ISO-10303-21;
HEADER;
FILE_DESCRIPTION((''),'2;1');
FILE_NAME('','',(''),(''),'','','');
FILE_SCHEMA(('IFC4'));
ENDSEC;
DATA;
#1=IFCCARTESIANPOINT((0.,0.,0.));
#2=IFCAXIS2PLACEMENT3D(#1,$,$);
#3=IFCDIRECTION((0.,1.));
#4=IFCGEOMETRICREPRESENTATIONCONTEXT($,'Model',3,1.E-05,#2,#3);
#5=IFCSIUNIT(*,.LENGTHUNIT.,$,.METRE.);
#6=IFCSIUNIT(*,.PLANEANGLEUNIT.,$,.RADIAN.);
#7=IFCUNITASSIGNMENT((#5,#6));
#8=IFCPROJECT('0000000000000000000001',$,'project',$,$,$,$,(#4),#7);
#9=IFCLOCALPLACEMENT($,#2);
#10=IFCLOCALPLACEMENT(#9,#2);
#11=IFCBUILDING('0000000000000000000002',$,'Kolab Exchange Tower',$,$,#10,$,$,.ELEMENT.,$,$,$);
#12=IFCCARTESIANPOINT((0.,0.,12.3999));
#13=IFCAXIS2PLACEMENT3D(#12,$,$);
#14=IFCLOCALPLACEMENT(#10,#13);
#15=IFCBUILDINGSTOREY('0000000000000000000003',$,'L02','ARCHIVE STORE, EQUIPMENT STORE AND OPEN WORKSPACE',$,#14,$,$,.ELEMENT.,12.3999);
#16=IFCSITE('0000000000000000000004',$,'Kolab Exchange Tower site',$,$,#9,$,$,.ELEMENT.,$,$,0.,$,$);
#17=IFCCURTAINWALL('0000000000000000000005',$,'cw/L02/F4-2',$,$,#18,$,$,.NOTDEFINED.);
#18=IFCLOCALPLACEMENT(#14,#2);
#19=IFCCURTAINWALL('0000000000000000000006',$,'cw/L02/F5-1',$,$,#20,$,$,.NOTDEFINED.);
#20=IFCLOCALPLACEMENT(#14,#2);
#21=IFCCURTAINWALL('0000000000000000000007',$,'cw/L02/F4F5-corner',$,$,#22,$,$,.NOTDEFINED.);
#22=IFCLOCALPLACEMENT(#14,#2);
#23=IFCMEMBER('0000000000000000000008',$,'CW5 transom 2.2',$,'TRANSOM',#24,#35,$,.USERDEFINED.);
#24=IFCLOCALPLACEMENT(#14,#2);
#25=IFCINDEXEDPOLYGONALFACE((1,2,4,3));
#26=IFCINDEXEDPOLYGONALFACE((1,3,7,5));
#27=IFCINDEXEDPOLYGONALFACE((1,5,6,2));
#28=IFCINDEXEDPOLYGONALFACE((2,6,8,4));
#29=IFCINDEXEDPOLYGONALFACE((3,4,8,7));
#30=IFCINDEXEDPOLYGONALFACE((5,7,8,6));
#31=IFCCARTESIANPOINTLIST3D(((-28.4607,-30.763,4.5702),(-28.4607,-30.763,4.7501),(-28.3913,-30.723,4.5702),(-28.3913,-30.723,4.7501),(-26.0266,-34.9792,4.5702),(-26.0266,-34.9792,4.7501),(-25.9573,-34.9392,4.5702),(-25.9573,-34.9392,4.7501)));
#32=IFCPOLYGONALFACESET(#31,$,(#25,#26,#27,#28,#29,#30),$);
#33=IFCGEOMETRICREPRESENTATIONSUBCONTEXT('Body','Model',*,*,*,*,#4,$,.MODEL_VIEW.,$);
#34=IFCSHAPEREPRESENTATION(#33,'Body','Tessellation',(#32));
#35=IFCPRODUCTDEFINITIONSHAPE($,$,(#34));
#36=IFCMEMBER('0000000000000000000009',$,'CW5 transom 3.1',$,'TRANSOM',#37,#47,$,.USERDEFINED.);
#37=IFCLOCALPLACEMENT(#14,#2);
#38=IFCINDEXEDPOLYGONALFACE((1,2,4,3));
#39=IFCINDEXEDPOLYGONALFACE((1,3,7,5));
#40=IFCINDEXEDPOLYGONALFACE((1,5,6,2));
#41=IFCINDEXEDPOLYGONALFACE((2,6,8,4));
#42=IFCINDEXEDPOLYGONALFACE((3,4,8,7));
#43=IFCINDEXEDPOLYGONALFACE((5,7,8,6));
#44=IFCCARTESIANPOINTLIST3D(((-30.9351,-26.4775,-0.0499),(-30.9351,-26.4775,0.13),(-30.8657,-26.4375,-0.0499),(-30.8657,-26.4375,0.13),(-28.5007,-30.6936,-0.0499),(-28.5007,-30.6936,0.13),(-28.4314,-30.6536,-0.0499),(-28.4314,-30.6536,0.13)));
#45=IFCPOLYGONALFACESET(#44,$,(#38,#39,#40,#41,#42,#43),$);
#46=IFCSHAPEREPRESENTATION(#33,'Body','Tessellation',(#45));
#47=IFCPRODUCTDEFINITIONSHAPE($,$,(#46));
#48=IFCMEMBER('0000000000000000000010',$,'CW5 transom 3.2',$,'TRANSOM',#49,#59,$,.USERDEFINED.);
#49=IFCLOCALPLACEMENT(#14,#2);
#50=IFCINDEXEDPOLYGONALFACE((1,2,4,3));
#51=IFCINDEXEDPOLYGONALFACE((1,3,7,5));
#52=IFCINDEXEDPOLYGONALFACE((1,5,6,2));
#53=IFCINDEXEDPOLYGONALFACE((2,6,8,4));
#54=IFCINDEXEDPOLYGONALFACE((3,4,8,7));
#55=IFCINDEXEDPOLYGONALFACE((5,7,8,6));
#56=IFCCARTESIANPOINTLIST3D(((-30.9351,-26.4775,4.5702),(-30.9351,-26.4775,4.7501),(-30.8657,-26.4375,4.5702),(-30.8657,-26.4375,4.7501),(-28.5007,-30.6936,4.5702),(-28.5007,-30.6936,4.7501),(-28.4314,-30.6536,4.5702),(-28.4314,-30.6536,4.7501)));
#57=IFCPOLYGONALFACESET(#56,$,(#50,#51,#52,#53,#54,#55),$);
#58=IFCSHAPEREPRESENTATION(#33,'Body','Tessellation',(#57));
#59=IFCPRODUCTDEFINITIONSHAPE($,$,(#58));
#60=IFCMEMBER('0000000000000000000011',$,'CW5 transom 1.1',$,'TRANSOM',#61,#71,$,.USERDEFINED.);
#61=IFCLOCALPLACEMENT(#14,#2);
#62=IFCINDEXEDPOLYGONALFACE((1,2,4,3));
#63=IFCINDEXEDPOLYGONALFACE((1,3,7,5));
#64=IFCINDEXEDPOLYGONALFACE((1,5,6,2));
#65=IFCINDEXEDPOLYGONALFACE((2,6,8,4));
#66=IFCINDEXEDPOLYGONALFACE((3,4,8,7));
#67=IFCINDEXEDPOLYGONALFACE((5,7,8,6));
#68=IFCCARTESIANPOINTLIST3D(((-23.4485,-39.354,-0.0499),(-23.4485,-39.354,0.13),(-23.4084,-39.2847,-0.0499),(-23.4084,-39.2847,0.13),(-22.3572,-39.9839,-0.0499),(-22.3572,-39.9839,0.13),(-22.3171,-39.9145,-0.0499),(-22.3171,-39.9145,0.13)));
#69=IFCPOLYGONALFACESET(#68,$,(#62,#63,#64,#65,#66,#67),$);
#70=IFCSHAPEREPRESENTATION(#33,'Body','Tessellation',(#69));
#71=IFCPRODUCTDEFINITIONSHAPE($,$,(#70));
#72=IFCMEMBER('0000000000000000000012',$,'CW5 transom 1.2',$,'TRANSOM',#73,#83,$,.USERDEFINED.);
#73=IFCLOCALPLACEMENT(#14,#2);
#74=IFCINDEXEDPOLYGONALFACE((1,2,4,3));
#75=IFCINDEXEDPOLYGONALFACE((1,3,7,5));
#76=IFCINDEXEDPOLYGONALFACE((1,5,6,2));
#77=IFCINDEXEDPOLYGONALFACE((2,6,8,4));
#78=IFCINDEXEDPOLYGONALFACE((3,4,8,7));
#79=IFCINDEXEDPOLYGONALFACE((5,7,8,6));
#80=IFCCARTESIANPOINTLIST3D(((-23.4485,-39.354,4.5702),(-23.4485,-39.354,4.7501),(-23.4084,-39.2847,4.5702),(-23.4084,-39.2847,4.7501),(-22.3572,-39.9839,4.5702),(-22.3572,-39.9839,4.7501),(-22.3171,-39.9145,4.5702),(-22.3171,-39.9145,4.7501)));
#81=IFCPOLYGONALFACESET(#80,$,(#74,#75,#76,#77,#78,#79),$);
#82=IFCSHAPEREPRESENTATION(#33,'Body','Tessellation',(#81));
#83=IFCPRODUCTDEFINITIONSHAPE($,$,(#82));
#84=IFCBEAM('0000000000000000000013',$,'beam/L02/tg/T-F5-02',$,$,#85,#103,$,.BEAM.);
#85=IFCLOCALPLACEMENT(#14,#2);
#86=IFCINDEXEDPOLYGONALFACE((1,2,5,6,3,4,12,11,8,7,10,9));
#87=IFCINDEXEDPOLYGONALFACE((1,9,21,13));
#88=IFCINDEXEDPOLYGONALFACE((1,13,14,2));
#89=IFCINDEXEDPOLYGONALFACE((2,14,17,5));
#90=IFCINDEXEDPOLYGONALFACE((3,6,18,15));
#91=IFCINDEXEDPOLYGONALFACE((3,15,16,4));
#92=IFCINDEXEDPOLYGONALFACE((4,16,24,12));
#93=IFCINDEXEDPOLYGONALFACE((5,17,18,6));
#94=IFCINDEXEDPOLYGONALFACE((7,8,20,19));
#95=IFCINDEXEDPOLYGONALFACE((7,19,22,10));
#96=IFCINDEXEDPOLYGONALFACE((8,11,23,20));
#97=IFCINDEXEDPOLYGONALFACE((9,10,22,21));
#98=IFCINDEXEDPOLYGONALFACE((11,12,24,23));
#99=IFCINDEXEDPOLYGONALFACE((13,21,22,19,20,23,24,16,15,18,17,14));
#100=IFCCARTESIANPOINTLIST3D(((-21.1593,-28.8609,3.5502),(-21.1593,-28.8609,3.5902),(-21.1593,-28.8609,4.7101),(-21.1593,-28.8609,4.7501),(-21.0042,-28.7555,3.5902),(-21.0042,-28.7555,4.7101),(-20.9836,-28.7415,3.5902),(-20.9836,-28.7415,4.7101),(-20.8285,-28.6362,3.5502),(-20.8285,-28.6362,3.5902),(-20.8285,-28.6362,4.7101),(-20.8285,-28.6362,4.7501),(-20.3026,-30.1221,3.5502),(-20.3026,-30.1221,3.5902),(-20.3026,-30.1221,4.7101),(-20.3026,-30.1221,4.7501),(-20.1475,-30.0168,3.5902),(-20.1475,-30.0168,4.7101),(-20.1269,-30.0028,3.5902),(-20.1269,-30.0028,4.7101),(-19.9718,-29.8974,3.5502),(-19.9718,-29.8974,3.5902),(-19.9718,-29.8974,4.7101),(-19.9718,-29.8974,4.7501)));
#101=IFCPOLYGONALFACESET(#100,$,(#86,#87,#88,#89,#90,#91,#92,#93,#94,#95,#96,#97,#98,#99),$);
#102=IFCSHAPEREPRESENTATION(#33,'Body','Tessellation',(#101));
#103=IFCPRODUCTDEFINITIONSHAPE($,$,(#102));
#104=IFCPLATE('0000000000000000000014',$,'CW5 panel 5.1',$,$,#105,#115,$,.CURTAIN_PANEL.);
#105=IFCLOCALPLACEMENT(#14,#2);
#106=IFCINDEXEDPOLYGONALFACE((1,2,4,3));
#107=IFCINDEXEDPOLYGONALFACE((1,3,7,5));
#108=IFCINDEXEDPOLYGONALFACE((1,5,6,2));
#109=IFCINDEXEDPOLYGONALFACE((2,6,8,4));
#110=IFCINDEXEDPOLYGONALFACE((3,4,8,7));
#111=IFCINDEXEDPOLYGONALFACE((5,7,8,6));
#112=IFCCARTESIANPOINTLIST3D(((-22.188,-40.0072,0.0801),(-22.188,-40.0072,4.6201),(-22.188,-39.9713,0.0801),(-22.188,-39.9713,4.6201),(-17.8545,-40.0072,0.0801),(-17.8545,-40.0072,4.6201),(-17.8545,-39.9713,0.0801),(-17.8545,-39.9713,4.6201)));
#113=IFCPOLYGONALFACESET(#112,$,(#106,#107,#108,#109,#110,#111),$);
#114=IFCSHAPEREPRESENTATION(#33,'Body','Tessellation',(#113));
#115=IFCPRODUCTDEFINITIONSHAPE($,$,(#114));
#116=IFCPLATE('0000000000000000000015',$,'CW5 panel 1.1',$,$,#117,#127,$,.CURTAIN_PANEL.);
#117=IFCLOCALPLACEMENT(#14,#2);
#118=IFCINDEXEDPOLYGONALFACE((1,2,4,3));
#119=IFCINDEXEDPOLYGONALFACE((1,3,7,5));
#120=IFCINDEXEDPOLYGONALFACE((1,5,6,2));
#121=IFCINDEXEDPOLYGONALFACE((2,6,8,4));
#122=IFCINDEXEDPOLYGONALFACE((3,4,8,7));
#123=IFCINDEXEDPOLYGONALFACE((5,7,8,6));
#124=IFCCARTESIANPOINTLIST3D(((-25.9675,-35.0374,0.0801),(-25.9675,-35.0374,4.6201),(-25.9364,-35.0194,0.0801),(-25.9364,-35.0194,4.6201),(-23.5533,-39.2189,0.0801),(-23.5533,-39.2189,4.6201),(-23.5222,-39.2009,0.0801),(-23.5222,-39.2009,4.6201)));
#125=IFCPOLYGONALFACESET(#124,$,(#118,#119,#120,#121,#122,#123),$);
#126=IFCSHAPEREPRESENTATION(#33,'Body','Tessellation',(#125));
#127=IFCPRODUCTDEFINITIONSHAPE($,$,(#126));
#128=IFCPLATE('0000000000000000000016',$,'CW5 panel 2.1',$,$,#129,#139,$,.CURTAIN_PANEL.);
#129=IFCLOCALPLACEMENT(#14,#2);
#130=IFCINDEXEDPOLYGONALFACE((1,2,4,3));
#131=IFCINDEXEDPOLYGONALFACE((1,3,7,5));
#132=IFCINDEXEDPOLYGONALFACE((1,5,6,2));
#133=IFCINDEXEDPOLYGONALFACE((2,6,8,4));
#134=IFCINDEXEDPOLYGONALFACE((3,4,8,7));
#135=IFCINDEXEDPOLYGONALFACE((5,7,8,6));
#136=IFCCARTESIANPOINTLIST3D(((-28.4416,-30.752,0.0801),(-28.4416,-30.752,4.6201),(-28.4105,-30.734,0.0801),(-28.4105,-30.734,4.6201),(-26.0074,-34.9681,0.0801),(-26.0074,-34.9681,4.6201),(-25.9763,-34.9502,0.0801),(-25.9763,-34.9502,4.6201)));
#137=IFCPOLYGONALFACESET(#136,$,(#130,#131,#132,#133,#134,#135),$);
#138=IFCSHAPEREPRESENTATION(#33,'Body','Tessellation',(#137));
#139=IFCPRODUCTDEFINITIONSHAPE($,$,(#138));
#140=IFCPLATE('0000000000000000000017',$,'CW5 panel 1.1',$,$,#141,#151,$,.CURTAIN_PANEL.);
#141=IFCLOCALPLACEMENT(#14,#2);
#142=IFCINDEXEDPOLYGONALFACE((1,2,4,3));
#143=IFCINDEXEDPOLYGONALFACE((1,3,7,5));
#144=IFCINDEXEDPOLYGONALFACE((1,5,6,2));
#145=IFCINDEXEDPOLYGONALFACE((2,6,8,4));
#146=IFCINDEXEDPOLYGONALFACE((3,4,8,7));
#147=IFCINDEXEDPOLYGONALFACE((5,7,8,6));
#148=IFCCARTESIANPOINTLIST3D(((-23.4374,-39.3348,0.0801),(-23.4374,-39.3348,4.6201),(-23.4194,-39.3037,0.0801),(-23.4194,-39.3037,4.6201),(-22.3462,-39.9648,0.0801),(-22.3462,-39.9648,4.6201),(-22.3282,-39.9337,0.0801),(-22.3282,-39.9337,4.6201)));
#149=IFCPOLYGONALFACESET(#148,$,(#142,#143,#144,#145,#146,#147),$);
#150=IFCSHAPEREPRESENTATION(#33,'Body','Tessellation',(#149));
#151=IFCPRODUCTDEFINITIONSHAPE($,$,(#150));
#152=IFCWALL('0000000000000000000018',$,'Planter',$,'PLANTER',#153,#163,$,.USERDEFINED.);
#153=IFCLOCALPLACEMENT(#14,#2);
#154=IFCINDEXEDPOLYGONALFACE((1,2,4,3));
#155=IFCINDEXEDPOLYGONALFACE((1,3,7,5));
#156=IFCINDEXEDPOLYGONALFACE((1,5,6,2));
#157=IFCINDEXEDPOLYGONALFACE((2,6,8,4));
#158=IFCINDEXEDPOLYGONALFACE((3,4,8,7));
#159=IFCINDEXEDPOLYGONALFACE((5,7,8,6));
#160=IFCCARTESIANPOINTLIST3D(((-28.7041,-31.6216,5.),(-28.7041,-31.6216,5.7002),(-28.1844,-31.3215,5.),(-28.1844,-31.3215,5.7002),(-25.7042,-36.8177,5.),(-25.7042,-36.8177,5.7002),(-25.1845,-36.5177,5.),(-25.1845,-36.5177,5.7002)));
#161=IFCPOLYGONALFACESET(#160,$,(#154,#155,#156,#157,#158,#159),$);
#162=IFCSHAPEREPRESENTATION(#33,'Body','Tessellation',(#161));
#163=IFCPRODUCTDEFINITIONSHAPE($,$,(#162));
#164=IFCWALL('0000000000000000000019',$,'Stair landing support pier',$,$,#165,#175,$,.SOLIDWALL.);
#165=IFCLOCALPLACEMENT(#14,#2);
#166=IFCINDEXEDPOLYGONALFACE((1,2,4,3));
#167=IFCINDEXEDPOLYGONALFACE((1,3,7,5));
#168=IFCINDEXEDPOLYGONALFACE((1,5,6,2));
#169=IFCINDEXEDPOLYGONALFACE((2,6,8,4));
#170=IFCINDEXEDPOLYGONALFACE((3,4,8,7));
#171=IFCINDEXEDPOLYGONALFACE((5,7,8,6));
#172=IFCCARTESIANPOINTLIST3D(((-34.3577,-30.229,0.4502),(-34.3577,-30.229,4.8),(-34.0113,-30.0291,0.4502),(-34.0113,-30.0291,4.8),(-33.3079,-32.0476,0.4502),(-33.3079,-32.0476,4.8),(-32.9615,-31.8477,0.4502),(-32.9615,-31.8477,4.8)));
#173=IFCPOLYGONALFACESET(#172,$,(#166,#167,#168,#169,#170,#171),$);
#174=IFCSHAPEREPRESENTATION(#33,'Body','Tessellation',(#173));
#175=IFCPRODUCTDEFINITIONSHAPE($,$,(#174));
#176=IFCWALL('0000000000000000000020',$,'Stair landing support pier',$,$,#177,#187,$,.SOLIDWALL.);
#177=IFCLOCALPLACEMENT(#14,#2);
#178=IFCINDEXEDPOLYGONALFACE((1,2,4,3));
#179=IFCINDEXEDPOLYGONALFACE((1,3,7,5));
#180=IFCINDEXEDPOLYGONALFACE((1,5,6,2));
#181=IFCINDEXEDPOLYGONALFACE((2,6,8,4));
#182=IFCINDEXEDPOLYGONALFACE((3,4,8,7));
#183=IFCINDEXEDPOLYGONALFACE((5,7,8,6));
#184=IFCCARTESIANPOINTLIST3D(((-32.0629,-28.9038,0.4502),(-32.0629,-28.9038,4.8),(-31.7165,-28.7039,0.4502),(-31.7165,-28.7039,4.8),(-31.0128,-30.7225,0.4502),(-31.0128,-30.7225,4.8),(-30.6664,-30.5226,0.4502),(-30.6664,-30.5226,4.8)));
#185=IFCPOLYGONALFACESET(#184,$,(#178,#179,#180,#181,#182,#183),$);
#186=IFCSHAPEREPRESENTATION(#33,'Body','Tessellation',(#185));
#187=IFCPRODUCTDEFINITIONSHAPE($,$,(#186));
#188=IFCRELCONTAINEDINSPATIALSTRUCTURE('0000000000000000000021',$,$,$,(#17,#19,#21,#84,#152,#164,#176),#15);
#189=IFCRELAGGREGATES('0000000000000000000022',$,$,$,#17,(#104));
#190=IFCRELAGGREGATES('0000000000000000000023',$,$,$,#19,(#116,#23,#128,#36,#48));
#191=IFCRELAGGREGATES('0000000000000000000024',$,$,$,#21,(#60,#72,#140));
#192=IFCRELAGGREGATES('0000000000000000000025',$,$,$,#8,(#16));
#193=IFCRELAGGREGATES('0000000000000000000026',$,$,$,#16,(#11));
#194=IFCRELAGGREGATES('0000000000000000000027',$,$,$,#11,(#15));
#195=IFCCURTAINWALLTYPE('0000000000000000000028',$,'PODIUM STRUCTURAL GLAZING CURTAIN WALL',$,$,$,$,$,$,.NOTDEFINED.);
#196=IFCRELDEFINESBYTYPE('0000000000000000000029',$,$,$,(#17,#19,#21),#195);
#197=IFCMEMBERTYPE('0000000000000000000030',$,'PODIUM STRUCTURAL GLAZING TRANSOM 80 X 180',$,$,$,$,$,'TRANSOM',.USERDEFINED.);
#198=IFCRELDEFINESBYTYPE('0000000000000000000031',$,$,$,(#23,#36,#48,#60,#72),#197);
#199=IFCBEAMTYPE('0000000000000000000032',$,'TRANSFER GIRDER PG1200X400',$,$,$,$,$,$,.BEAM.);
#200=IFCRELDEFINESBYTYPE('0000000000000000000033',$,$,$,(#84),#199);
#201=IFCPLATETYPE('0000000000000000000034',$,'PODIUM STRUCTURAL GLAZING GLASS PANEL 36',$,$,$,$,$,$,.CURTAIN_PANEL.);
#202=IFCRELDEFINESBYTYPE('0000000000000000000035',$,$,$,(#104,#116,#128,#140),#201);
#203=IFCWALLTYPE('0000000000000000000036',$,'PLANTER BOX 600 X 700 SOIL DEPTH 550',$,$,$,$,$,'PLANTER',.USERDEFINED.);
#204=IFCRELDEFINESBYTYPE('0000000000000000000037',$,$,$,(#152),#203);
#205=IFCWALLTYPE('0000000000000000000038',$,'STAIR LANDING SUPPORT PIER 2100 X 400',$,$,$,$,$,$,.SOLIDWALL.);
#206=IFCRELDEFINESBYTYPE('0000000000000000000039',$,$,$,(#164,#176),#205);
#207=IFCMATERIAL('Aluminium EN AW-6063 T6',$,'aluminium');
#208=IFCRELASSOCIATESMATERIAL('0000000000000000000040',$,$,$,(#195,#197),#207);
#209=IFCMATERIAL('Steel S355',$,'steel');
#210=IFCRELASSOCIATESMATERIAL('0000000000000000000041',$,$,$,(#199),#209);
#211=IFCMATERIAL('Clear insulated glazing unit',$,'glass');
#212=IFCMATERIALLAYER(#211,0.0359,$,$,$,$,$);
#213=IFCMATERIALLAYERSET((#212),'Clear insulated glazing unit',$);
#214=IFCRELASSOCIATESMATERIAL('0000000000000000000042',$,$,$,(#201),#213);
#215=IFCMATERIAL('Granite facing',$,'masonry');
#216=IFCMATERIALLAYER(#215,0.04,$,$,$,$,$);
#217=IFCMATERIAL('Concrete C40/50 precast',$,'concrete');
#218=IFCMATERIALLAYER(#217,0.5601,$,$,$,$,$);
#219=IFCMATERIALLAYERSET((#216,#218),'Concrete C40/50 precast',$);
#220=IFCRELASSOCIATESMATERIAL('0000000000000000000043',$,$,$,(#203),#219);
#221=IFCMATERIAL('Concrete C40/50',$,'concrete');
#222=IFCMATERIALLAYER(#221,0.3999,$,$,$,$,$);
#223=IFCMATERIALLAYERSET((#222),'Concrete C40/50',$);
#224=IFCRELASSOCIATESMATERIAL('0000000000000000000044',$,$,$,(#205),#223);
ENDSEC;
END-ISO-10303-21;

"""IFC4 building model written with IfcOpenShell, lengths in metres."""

from ifc_helpers import new_model, si_unit, direction, frame, frame_2d, origin, origin_2d, place, context, subcontext, project, spatial, rectangle, i_section, extrude, material, layer, layer_set, material_profile, profile_set, type_object, element, aggregate, save


model = new_model("IFC4")

# Units and contexts
model_context = context("Model", 3, precision=1e-05, world=origin(), true_north=direction((0.0, 1.0)))
body_context = subcontext(model_context, "Body", "Model", "MODEL_VIEW")
ifc_project = project(units=[si_unit("LENGTHUNIT", "METRE"), si_unit("PLANEANGLEUNIT", "RADIAN")], contexts=[model_context])

# Site, building, storey
site_placement = place(None, origin())
site = spatial("IfcSite", under=ifc_project, at=site_placement, Name="Kolab Exchange Tower site", CompositionType="ELEMENT", RefElevation=0.0)
building_placement = place(site_placement, origin())
building = spatial("IfcBuilding", under=site, at=building_placement, Name="Kolab Exchange Tower", CompositionType="ELEMENT")
storey_placement = place(building_placement, frame((0.0, 0.0, 12.3999)))
storey = spatial("IfcBuildingStorey", under=building, at=storey_placement, Name="L02", Description="ARCHIVE STORE, EQUIPMENT STORE AND OPEN WORKSPACE", CompositionType="ELEMENT", Elevation=12.3999)

# Shared definitions
ifc_material_1 = material(Name="Steel S355", Category="steel")

# Curtain wall
ifc_material_2 = material(Name="Aluminium EN AW-6063 T6", Category="aluminium")
curtain_wall_type = type_object("IfcCurtainWallType", Name="PODIUM STRUCTURAL GLAZING CURTAIN WALL", PredefinedType="NOTDEFINED", material=ifc_material_2)
curtain_wall_1_placement = place(storey_placement, origin())
curtain_wall_1 = element("IfcCurtainWall", 1, at=curtain_wall_1_placement, inside=storey, type_object=curtain_wall_type, Name="cw/L02/F4-2", PredefinedType="NOTDEFINED")

# Curtain walls
curtain_wall_2_placement = place(storey_placement, origin())
curtain_wall_2 = element("IfcCurtainWall", 2, at=curtain_wall_2_placement, inside=storey, type_object=curtain_wall_type, Name="cw/L02/F5-1", PredefinedType="NOTDEFINED")
curtain_wall_3_placement = place(storey_placement, origin())
curtain_wall_3 = element("IfcCurtainWall", 3, at=curtain_wall_3_placement, inside=storey, type_object=curtain_wall_type, Name="cw/L02/F4F5-corner", PredefinedType="NOTDEFINED")

# Members
ifc_material_profile_1 = material_profile(ifc_material_2, rectangle(XDim=0.0801, YDim=0.1799, at=origin_2d()), Name="RECT 80X180")
ifc_profile_set_1 = profile_set([ifc_material_profile_1], Name="Aluminium EN AW-6063 T6")
member_type_1 = type_object("IfcMemberType", Name="PODIUM STRUCTURAL GLAZING TRANSOM 80 X 180", ElementType="TRANSOM", PredefinedType="USERDEFINED", material=ifc_profile_set_1)
member_1_placement = place(storey_placement, frame((-25.9919, -34.9592, 4.6602), z_axis=(-0.499968, 0.866044, 0.0), x_axis=(-0.866044, -0.499968, 0.0)))
member_1 = element("IfcMember", 4, at=member_1_placement, type_object=member_type_1, Name="CW5 transom 2.2", ObjectType="TRANSOM", PredefinedType="USERDEFINED", context=body_context, shape_type="SweptSolid", body=[
    extrude(rectangle(XDim=0.0801, YDim=0.1799, at=origin_2d()), origin(), (0.0, 0.0, 1.0), 4.8684),
])
member_2_placement = place(storey_placement, frame((-28.4661, -30.6736, 0.04), z_axis=(-0.500028, 0.866009, 0.0), x_axis=(-0.866009, -0.500028, 0.0)))
member_2 = element("IfcMember", 5, at=member_2_placement, type_object=member_type_1, Name="CW5 transom 3.1", ObjectType="TRANSOM", PredefinedType="USERDEFINED", context=body_context, shape_type="SweptSolid", body=[
    extrude(rectangle(XDim=0.0801, YDim=0.1799, at=origin_2d()), origin(), (0.0, 0.0, 1.0), 4.8684),
])
member_3_placement = place(storey_placement, frame((-28.4661, -30.6736, 4.6602), z_axis=(-0.500028, 0.866009, 0.0), x_axis=(-0.866009, -0.500028, 0.0)))
member_3 = element("IfcMember", 6, at=member_3_placement, type_object=member_type_1, Name="CW5 transom 3.2", ObjectType="TRANSOM", PredefinedType="USERDEFINED", context=body_context, shape_type="SweptSolid", body=[
    extrude(rectangle(XDim=0.0801, YDim=0.1799, at=origin_2d()), origin(), (0.0, 0.0, 1.0), 4.8684),
])
member_4_placement = place(storey_placement, frame((-22.3372, -39.9492, 0.04), z_axis=(-0.866089, 0.49989, 0.0), x_axis=(-0.49989, -0.866089, 0.0)))
member_4 = element("IfcMember", 7, at=member_4_placement, type_object=member_type_1, Name="CW5 transom 1.1", ObjectType="TRANSOM", PredefinedType="USERDEFINED", context=body_context, shape_type="SweptSolid", body=[
    extrude(rectangle(XDim=0.0801, YDim=0.1799, at=origin_2d()), origin(), (0.0, 0.0, 1.0), 1.26),
])
member_5_placement = place(storey_placement, frame((-22.3372, -39.9492, 4.6602), z_axis=(-0.866089, 0.49989, 0.0), x_axis=(-0.49989, -0.866089, 0.0)))
member_5 = element("IfcMember", 8, at=member_5_placement, type_object=member_type_1, Name="CW5 transom 1.2", ObjectType="TRANSOM", PredefinedType="USERDEFINED", context=body_context, shape_type="SweptSolid", body=[
    extrude(rectangle(XDim=0.0801, YDim=0.1799, at=origin_2d()), origin(), (0.0, 0.0, 1.0), 1.26),
])

# Beam
ifc_material_profile_2 = material_profile(ifc_material_1, i_section(OverallWidth=0.3999, OverallDepth=1.2, WebThickness=0.0249, FlangeThickness=0.04, at=origin_2d()), Name="PG1200X400")
ifc_profile_set_2 = profile_set([ifc_material_profile_2], Name="Steel S355")
beam_type_1 = type_object("IfcBeamType", Name="TRANSFER GIRDER PG1200X400", PredefinedType="BEAM", material=ifc_profile_set_2)
beam_1_placement = place(storey_placement, frame((-20.1372, -30.0098, 4.1501), z_axis=(-0.561885, 0.827215, 0.0), x_axis=(-0.827215, -0.561885, 0.0)))
element("IfcBeam", 9, at=beam_1_placement, inside=storey, type_object=beam_type_1, Name="beam/L02/tg/T-F5-02", PredefinedType="BEAM", context=body_context, shape_type="SweptSolid", body=[
    extrude(i_section(OverallWidth=0.3999, OverallDepth=1.2, WebThickness=0.0249, FlangeThickness=0.04, at=origin_2d()), origin(), (0.0, 0.0, 1.0), 1.5247),
])

# Plates
ifc_material_3 = material(Name="Clear insulated glazing unit", Category="glass")
ifc_layer_1 = layer(ifc_material_3, 0.0359)
ifc_layer_set_1 = layer_set([ifc_layer_1], Name="Clear insulated glazing unit")
plate_type = type_object("IfcPlateType", Name="PODIUM STRUCTURAL GLAZING GLASS PANEL 36", PredefinedType="CURTAIN_PANEL", material=ifc_layer_set_1)
plate_1_placement = place(storey_placement, frame((-20.0212, -39.9893, 0.0801), z_axis=(0.0, 0.0, 1.0), x_axis=(-1.0, 0.0, 0.0)))
plate_1 = element("IfcPlate", 10, at=plate_1_placement, type_object=plate_type, Name="CW5 panel 5.1", PredefinedType="CURTAIN_PANEL", context=body_context, shape_type="SweptSolid", body=[
    extrude(rectangle(XDim=4.3335, YDim=0.0359, at=origin_2d()), origin(), (0.0, 0.0, 1.0), 4.54),
])
aggregate(curtain_wall_1, [plate_1])
plate_2_placement = place(storey_placement, frame((-24.7449, -37.1191, 0.0801), z_axis=(0.0, 0.0, 1.0), x_axis=(-0.5, 0.866025, 0.0)))
plate_2 = element("IfcPlate", 11, at=plate_2_placement, type_object=plate_type, Name="CW5 panel 1.1", PredefinedType="CURTAIN_PANEL", context=body_context, shape_type="SweptSolid", body=[
    extrude(rectangle(XDim=4.8284, YDim=0.0359, at=origin_2d()), origin(), (0.0, 0.0, 1.0), 4.54),
])
plate_3_placement = place(storey_placement, frame((-27.209, -32.8511, 0.0801), z_axis=(0.0, 0.0, 1.0), x_axis=(-0.5, 0.866025, 0.0)))
plate_3 = element("IfcPlate", 12, at=plate_3_placement, type_object=plate_type, Name="CW5 panel 2.1", PredefinedType="CURTAIN_PANEL", context=body_context, shape_type="SweptSolid", body=[
    extrude(rectangle(XDim=4.8684, YDim=0.0359, at=origin_2d()), origin(), (0.0, 0.0, 1.0), 4.54),
])
aggregate(curtain_wall_2, [plate_2, member_1, plate_3, member_2, member_3])
plate_4_placement = place(storey_placement, frame((-22.8828, -39.6343, 0.0801), z_axis=(0.0, 0.0, 1.0), x_axis=(-0.866025, 0.5, 0.0)))
plate_4 = element("IfcPlate", 13, at=plate_4_placement, type_object=plate_type, Name="CW5 panel 1.1", PredefinedType="CURTAIN_PANEL", context=body_context, shape_type="SweptSolid", body=[
    extrude(rectangle(XDim=1.26, YDim=0.0359, at=origin_2d()), origin(), (0.0, 0.0, 1.0), 4.54),
])
aggregate(curtain_wall_3, [member_4, member_5, plate_4])

# Walls
ifc_material_4 = material(Name="Granite facing", Category="masonry")
ifc_layer_2 = layer(ifc_material_4, 0.04)
ifc_material_5 = material(Name="Concrete C40/50 precast", Category="concrete")
ifc_layer_3 = layer(ifc_material_5, 0.5601)
ifc_layer_set_2 = layer_set([ifc_layer_2, ifc_layer_3], Name="Concrete C40/50 precast")
wall_type_1 = type_object("IfcWallType", Name="PLANTER BOX 600 X 700 SOIL DEPTH 550", ElementType="PLANTER", PredefinedType="USERDEFINED", material=ifc_layer_set_2)
wall_1_placement = place(storey_placement, frame((-25.4443, -36.6677, 5.0), z_axis=(0.0, 0.0, 1.0), x_axis=(-0.49999, 0.866031, 0.0)))
element("IfcWall", 14, at=wall_1_placement, inside=storey, type_object=wall_type_1, Name="Planter", ObjectType="PLANTER", PredefinedType="USERDEFINED", context=body_context, shape_type="SweptSolid", body=[
    extrude(rectangle(XDim=6.0, YDim=0.6001, at=frame_2d((3.0, 0.0))), origin(), (0.0, 0.0, 1.0), 0.7002),
])
ifc_material_6 = material(Name="Concrete C40/50", Category="concrete")
ifc_layer_4 = layer(ifc_material_6, 0.3999)
ifc_layer_set_3 = layer_set([ifc_layer_4], Name="Concrete C40/50")
wall_type_2 = type_object("IfcWallType", Name="STAIR LANDING SUPPORT PIER 2100 X 400", PredefinedType="SOLIDWALL", material=ifc_layer_set_3)
wall_2_placement = place(storey_placement, frame((-33.1348, -31.9475, 0.4502), z_axis=(0.0, 0.0, 1.0), x_axis=(-0.499941, 0.86606, 0.0)))
element("IfcWall", 15, at=wall_2_placement, inside=storey, type_object=wall_type_2, Name="Stair landing support pier", PredefinedType="SOLIDWALL", context=body_context, shape_type="SweptSolid", body=[
    extrude(rectangle(XDim=2.0999, YDim=0.3999, at=frame_2d((1.0498, 0.0))), origin(), (0.0, 0.0, 1.0), 4.3499),
])
wall_3_placement = place(storey_placement, frame((-30.8396, -30.6226, 0.4502), z_axis=(0.0, 0.0, 1.0), x_axis=(-0.500028, 0.866009, 0.0)))
element("IfcWall", 16, at=wall_3_placement, inside=storey, type_object=wall_type_2, Name="Stair landing support pier", PredefinedType="SOLIDWALL", context=body_context, shape_type="SweptSolid", body=[
    extrude(rectangle(XDim=2.1001, YDim=0.3999, at=frame_2d((1.05, 0.0))), origin(), (0.0, 0.0, 1.0), 4.3499),
])

save(model, "model.ifc")
